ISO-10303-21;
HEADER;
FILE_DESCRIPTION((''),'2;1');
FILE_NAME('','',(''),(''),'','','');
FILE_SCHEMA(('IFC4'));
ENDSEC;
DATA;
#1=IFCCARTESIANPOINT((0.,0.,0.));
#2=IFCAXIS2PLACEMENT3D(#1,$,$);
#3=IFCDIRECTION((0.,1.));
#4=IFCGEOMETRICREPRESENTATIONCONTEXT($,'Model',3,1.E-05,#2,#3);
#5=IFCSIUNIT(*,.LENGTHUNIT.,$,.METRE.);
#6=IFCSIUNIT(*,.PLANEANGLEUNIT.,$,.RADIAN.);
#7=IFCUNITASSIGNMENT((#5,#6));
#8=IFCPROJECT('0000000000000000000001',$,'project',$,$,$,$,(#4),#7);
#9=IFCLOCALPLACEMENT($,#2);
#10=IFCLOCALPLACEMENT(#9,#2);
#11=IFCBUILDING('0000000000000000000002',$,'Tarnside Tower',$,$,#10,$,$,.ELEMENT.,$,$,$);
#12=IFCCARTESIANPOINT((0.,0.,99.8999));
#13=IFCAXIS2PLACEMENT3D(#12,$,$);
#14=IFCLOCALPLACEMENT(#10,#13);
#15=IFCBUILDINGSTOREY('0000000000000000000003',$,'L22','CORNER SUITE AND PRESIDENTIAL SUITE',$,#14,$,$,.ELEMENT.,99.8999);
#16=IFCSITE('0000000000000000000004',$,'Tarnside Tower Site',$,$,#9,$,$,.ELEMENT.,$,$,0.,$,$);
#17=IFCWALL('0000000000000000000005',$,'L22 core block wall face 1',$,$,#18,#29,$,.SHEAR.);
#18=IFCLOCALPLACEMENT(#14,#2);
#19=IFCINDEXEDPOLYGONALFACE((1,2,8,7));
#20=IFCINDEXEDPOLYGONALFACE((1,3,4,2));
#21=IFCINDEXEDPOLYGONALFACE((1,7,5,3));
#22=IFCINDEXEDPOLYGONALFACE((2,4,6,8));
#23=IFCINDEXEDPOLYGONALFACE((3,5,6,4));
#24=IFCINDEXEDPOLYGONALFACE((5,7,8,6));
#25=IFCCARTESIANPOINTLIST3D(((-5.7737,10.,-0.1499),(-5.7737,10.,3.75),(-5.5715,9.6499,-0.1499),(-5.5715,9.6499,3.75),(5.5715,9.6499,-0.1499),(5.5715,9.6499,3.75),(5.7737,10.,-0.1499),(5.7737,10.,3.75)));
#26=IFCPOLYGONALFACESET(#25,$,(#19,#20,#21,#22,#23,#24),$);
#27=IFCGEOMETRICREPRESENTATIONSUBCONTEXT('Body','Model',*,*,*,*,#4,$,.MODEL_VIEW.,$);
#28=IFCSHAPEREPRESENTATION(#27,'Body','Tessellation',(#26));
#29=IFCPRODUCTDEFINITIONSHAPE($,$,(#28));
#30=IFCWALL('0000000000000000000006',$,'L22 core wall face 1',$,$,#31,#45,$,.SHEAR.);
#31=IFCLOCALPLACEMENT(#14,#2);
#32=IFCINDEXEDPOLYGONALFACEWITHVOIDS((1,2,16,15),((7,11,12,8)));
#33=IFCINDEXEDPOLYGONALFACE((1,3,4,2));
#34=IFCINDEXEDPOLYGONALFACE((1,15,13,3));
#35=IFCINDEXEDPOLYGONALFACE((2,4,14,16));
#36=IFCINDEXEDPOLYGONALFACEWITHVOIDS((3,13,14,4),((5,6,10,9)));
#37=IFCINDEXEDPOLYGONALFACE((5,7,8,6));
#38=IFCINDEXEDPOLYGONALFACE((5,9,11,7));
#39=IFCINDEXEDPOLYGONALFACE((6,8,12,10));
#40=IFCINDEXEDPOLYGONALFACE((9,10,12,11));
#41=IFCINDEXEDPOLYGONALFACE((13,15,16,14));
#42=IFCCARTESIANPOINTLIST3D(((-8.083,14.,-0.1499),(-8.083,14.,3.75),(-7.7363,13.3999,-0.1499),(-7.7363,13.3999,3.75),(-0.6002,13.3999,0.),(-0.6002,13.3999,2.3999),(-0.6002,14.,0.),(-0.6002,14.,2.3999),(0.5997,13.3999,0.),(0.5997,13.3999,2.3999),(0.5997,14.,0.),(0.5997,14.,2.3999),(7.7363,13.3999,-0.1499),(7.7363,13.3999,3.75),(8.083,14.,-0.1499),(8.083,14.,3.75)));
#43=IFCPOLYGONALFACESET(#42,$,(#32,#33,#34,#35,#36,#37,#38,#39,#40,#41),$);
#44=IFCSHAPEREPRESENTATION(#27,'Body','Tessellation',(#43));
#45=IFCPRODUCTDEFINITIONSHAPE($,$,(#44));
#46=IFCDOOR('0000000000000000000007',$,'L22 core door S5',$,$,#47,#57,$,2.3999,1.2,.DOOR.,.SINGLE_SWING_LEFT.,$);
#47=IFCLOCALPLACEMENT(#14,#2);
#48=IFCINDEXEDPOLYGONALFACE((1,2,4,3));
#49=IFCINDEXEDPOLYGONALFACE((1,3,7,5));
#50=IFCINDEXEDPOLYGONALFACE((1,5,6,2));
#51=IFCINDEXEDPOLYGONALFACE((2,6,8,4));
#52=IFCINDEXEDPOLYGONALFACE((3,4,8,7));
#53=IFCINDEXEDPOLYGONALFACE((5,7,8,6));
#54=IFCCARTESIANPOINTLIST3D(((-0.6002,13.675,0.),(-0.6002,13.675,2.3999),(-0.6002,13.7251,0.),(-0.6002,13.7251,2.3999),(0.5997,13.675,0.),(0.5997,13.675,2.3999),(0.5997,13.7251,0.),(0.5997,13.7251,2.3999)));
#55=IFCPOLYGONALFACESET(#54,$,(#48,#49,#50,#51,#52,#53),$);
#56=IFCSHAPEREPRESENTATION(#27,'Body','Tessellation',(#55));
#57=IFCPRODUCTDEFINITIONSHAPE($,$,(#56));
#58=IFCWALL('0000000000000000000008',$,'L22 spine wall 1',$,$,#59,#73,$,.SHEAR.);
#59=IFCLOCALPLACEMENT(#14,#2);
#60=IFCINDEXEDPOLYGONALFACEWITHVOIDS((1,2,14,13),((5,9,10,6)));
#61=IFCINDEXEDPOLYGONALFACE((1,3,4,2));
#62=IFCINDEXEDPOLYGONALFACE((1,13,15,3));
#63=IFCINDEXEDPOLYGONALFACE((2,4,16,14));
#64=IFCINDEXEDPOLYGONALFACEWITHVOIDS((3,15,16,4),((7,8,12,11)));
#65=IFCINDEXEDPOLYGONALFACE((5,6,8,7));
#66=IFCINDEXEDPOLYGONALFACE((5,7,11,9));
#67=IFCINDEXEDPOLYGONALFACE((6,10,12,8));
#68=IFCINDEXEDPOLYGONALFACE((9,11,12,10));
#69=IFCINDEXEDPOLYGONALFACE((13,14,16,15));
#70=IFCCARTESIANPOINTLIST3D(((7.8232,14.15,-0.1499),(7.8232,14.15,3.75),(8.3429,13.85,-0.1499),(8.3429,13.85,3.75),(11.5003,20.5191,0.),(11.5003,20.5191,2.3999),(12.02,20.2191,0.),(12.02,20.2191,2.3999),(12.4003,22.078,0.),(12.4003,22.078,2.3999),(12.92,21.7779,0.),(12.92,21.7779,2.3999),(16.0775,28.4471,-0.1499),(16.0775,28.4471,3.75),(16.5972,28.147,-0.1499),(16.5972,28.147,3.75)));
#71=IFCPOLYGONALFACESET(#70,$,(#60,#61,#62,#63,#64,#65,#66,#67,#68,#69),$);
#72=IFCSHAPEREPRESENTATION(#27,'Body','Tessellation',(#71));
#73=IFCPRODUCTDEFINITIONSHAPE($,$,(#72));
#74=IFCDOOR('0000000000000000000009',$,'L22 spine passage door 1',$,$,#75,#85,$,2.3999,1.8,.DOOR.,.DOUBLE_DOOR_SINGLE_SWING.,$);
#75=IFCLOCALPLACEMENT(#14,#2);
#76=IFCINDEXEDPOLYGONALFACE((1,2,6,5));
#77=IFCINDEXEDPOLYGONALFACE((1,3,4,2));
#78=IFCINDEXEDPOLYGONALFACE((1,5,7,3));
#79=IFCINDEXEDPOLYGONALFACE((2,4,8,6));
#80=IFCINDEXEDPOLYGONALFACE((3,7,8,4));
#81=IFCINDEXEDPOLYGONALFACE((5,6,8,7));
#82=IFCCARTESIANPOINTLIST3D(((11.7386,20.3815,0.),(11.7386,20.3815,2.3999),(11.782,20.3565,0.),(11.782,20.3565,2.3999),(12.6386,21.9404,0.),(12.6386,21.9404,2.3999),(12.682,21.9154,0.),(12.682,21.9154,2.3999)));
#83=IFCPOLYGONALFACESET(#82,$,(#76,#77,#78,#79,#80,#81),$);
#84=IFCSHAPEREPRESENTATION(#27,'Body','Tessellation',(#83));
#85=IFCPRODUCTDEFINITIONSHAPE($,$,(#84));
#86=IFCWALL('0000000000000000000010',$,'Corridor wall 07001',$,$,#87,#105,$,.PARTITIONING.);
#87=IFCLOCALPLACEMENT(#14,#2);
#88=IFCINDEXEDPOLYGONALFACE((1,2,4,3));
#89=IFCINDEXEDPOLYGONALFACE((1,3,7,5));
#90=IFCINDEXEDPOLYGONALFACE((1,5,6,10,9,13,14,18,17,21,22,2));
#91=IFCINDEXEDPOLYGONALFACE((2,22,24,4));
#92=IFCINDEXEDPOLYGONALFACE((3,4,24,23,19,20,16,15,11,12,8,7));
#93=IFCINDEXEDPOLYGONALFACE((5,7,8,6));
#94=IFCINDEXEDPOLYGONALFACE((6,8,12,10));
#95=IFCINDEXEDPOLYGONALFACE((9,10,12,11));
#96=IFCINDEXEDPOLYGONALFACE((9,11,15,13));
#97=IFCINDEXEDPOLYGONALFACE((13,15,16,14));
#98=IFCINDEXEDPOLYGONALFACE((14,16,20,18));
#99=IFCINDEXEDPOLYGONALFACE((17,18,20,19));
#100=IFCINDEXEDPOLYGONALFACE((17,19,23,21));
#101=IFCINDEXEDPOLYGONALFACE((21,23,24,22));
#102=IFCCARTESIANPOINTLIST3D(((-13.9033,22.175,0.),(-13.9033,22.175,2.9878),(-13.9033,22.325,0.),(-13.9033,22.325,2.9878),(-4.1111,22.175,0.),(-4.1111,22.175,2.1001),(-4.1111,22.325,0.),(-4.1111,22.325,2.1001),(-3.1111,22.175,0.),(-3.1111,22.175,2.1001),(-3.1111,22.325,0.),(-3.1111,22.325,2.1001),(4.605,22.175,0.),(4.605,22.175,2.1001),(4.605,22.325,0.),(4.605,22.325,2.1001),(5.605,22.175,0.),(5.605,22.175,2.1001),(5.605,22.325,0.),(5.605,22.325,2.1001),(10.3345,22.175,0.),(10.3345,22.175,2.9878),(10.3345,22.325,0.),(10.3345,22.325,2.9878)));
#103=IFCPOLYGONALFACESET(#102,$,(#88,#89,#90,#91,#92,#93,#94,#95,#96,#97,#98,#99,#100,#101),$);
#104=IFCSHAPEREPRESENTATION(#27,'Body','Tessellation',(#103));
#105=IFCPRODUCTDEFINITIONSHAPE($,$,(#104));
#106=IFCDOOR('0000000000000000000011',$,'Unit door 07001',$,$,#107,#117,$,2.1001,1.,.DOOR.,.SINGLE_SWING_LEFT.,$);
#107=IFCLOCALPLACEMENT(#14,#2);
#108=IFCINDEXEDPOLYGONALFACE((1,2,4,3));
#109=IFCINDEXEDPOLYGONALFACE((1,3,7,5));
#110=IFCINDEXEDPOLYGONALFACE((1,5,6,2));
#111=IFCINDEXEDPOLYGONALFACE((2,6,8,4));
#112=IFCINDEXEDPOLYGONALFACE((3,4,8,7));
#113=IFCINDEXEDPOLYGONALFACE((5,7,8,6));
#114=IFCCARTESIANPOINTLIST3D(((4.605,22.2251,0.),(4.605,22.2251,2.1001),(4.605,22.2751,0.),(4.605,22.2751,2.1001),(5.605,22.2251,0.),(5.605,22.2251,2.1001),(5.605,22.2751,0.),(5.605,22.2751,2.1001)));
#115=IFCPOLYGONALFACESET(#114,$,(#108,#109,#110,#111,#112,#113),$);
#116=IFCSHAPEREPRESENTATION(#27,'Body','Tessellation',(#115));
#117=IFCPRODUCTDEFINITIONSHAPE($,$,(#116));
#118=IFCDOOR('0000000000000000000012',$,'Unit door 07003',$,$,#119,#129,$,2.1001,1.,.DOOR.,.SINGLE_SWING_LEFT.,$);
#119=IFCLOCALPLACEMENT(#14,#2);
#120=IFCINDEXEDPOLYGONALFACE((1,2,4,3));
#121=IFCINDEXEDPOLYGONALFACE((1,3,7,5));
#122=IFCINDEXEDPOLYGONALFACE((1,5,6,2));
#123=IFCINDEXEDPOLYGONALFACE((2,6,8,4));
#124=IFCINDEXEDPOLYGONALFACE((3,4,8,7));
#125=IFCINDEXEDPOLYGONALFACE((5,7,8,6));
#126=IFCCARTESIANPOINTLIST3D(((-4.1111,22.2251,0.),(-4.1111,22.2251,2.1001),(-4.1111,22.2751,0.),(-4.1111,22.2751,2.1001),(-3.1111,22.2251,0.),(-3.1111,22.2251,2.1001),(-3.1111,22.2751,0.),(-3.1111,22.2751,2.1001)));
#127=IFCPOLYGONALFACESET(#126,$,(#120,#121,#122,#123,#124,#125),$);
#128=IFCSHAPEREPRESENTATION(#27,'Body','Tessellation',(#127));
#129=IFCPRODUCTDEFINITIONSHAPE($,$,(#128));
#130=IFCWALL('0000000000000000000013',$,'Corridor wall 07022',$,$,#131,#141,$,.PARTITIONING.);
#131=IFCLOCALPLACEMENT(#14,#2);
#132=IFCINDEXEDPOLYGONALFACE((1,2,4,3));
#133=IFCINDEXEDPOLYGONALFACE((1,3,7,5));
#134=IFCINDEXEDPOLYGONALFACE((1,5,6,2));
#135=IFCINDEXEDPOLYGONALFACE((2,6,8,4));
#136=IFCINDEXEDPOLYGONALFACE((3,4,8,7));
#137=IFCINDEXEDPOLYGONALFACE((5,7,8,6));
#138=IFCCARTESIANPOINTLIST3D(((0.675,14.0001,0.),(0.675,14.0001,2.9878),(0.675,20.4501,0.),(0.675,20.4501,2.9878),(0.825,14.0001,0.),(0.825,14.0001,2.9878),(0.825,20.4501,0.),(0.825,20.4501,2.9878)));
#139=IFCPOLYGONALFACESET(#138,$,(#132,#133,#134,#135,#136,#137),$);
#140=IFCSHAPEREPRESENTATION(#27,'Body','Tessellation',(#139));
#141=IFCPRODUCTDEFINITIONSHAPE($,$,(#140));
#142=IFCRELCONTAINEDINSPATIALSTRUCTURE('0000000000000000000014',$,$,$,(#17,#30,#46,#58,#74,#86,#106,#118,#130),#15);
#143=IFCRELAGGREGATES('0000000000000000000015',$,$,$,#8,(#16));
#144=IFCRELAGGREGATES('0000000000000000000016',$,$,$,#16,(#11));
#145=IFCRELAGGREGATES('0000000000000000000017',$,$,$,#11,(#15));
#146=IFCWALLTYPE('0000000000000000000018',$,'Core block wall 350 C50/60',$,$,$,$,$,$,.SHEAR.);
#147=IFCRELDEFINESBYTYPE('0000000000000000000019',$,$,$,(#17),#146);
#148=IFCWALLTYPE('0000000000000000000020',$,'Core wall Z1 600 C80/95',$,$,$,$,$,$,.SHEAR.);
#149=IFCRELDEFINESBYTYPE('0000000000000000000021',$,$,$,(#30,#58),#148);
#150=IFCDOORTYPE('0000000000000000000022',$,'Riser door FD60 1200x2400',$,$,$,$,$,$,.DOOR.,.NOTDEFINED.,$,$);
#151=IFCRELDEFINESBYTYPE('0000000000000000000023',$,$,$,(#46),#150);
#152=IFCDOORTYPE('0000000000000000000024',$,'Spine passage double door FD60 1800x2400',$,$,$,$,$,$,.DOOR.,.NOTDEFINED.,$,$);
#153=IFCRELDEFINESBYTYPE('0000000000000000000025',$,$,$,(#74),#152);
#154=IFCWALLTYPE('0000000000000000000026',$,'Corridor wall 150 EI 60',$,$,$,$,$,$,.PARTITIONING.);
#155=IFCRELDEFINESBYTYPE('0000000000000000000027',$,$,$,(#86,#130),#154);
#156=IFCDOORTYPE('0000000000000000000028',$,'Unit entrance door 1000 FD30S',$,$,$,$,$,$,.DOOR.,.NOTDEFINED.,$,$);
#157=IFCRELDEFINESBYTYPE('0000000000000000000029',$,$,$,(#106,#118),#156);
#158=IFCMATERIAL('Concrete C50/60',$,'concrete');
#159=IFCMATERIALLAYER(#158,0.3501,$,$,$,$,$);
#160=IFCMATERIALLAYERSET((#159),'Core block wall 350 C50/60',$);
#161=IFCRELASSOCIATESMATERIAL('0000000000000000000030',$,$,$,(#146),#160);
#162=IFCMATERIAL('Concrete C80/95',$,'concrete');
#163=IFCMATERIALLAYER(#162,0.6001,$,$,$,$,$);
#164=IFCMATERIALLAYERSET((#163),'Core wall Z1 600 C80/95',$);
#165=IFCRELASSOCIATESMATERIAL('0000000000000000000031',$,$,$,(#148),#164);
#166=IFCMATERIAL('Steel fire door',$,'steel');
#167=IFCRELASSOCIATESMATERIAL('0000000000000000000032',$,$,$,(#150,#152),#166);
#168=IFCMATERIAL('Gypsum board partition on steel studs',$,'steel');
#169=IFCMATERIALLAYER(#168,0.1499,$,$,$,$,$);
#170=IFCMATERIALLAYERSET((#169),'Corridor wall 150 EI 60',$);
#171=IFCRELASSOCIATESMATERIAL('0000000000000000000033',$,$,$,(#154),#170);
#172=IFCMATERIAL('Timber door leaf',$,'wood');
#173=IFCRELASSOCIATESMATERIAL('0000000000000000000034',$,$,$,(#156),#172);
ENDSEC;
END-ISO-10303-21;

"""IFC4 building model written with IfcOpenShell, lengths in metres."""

from ifc_helpers import new_model, si_unit, direction, frame, frame_2d, origin, place, context, subcontext, project, spatial, polyline, rectangle, outline, extrude, material, layer, layer_set, type_object, element, fill, save


model = new_model("IFC4")

# Units and contexts
model_context = context("Model", 3, precision=1e-05, world=origin(), true_north=direction((0.0, 1.0)))
body_context = subcontext(model_context, "Body", "Model", "MODEL_VIEW")
ifc_project = project(units=[si_unit("LENGTHUNIT", "METRE"), si_unit("PLANEANGLEUNIT", "RADIAN")], contexts=[model_context])

# Site, building, storey
site_placement = place(None, origin())
site = spatial("IfcSite", under=ifc_project, at=site_placement, Name="Tarnside Tower Site", CompositionType="ELEMENT", RefElevation=0.0)
building_placement = place(site_placement, origin())
building = spatial("IfcBuilding", under=site, at=building_placement, Name="Tarnside Tower", CompositionType="ELEMENT")
storey_placement = place(building_placement, frame((0.0, 0.0, 99.8999)))
storey = spatial("IfcBuildingStorey", under=building, at=storey_placement, Name="L22", Description="CORNER SUITE AND PRESIDENTIAL SUITE", CompositionType="ELEMENT", Elevation=99.8999)

# Wall
ifc_material_1 = material(Name="Concrete C50/60", Category="concrete")
ifc_layer_1 = layer(ifc_material_1, 0.3501)
ifc_layer_set_1 = layer_set([ifc_layer_1], Name="Core block wall 350 C50/60")
wall_type_1 = type_object("IfcWallType", Name="Core block wall 350 C50/60", PredefinedType="SHEAR", material=ifc_layer_set_1)
wall_1_placement = place(storey_placement, frame((5.6726, 9.825, -0.1499), z_axis=(0.0, 0.0, 1.0), x_axis=(-1.0, 0.0, 0.0)))
element("IfcWall", 1, at=wall_1_placement, inside=storey, type_object=wall_type_1, Name="L22 core block wall face 1", PredefinedType="SHEAR", context=body_context, shape_type="SweptSolid", body=[
    extrude(outline(polyline([(-0.1011, -0.175), (11.4463, -0.175), (11.2441, 0.175), (0.1011, 0.175), (-0.1011, -0.175)])), origin(), (0.0, 0.0, 1.0), 3.8999),
])

# Walls, openings, doors
ifc_material_2 = material(Name="Concrete C80/95", Category="concrete")
ifc_layer_2 = layer(ifc_material_2, 0.6001)
ifc_layer_set_2 = layer_set([ifc_layer_2], Name="Core wall Z1 600 C80/95")
wall_type_2 = type_object("IfcWallType", Name="Core wall Z1 600 C80/95", PredefinedType="SHEAR", material=ifc_layer_set_2)
wall_2_placement = place(storey_placement, frame((7.9097, 13.7, -0.1499), z_axis=(0.0, 0.0, 1.0), x_axis=(-1.0, 0.0, 0.0)))
wall_2 = element("IfcWall", 2, at=wall_2_placement, inside=storey, type_object=wall_type_2, Name="L22 core wall face 1", PredefinedType="SHEAR", context=body_context, shape_type="SweptSolid", body=[
    extrude(outline(polyline([(-0.1733, -0.3), (15.9927, -0.3), (15.646, 0.3), (0.1733, 0.3), (-0.1733, -0.3)])), origin(), (0.0, 0.0, 1.0), 3.8999),
])
opening_1_placement = place(wall_2_placement, frame((7.3098, 0.0, 0.1499)))
opening_1 = element("IfcOpeningElement", 3, at=opening_1_placement, cuts=wall_2, PredefinedType="OPENING", context=body_context, shape_type="SweptSolid", body=[
    extrude(rectangle(XDim=1.2, YDim=2.3999, at=frame_2d((0.6001, 1.2))), frame((0.0, 0.3101, 0.0), z_axis=(0.0, -1.0, 0.0), x_axis=(1.0, 0.0, 0.0)), (0.0, 0.0, 1.0), 0.6201),
])
ifc_material_3 = material(Name="Steel fire door", Category="steel")
door_type_1 = type_object("IfcDoorType", Name="Riser door FD60 1200x2400", OperationType="NOTDEFINED", PredefinedType="DOOR", material=ifc_material_3)
door_1_placement = place(opening_1_placement, origin())
door_1 = element("IfcDoor", 4, at=door_1_placement, inside=storey, type_object=door_type_1, Name="L22 core door S5", OperationType="SINGLE_SWING_LEFT", OverallHeight=2.3999, OverallWidth=1.2, PredefinedType="DOOR", context=body_context, shape_type="SweptSolid", body=[
    extrude(rectangle(XDim=1.2, YDim=2.3999, at=frame_2d((0.6001, 1.2))), frame((0.0, 0.0249, 0.0), z_axis=(0.0, -1.0, 0.0), x_axis=(1.0, 0.0, 0.0)), (0.0, 0.0, 1.0), 0.05),
])
fill(opening_1, door_1)
wall_3_placement = place(storey_placement, frame((8.083, 14.0, -0.1499), z_axis=(0.0, 0.0, 1.0), x_axis=(0.499998, 0.866027, 0.0)))
wall_3 = element("IfcWall", 5, at=wall_3_placement, inside=storey, type_object=wall_type_2, Name="L22 spine wall 1", PredefinedType="SHEAR", context=body_context, shape_type="SweptSolid", body=[
    extrude(rectangle(XDim=16.5088, YDim=0.6001, at=frame_2d((8.2544, 0.0))), origin(), (0.0, 0.0, 1.0), 3.8999),
])
opening_2_placement = place(wall_3_placement, frame((7.3545, 0.0, 0.1499)))
opening_2 = element("IfcOpeningElement", 6, at=opening_2_placement, cuts=wall_3, PredefinedType="OPENING", context=body_context, shape_type="SweptSolid", body=[
    extrude(rectangle(XDim=1.8, YDim=2.3999, at=frame_2d((0.8999, 1.2))), frame((0.0, 0.3101, 0.0), z_axis=(0.0, -1.0, 0.0), x_axis=(1.0, 0.0, 0.0)), (0.0, 0.0, 1.0), 0.6201),
])
door_type_2 = type_object("IfcDoorType", Name="Spine passage double door FD60 1800x2400", OperationType="NOTDEFINED", PredefinedType="DOOR", material=ifc_material_3)
door_2_placement = place(opening_2_placement, origin())
door_2 = element("IfcDoor", 7, at=door_2_placement, inside=storey, type_object=door_type_2, Name="L22 spine passage door 1", OperationType="DOUBLE_DOOR_SINGLE_SWING", OverallHeight=2.3999, OverallWidth=1.8, PredefinedType="DOOR", context=body_context, shape_type="SweptSolid", body=[
    extrude(rectangle(XDim=1.8, YDim=2.3999, at=frame_2d((0.8999, 1.2))), frame((0.0, 0.0249, 0.0), z_axis=(0.0, -1.0, 0.0), x_axis=(1.0, 0.0, 0.0)), (0.0, 0.0, 1.0), 0.05),
])
fill(opening_2, door_2)

# Wall, openings, doors
ifc_material_4 = material(Name="Gypsum board partition on steel studs", Category="steel")
ifc_layer_3 = layer(ifc_material_4, 0.1499)
ifc_layer_set_3 = layer_set([ifc_layer_3], Name="Corridor wall 150 EI 60")
wall_type_3 = type_object("IfcWallType", Name="Corridor wall 150 EI 60", PredefinedType="PARTITIONING", material=ifc_layer_set_3)
wall_4_placement = place(storey_placement, frame((10.3345, 22.25, 0.0), z_axis=(0.0, 0.0, 1.0), x_axis=(-1.0, 0.0, 0.0)))
wall_4 = element("IfcWall", 8, at=wall_4_placement, inside=storey, type_object=wall_type_3, Name="Corridor wall 07001", PredefinedType="PARTITIONING", context=body_context, shape_type="SweptSolid", body=[
    extrude(rectangle(XDim=24.2378, YDim=0.1499, at=frame_2d((12.1189, 0.0))), origin(), (0.0, 0.0, 1.0), 2.9878),
])
opening_3_placement = place(wall_4_placement, frame((4.7295, 0.0, 0.0)))
opening_3 = element("IfcOpeningElement", 9, at=opening_3_placement, cuts=wall_4, PredefinedType="OPENING", context=body_context, shape_type="SweptSolid", body=[
    extrude(rectangle(XDim=1.0, YDim=2.1001, at=frame_2d((0.5, 1.05))), frame((0.0, 0.085, 0.0), z_axis=(0.0, -1.0, 0.0), x_axis=(1.0, 0.0, 0.0)), (0.0, 0.0, 1.0), 0.1699),
])
opening_4_placement = place(wall_4_placement, frame((13.4456, 0.0, 0.0)))
opening_4 = element("IfcOpeningElement", 10, at=opening_4_placement, cuts=wall_4, PredefinedType="OPENING", context=body_context, shape_type="SweptSolid", body=[
    extrude(rectangle(XDim=1.0, YDim=2.1001, at=frame_2d((0.5, 1.05))), frame((0.0, 0.085, 0.0), z_axis=(0.0, -1.0, 0.0), x_axis=(1.0, 0.0, 0.0)), (0.0, 0.0, 1.0), 0.1699),
])
ifc_material_5 = material(Name="Timber door leaf", Category="wood")
door_type_3 = type_object("IfcDoorType", Name="Unit entrance door 1000 FD30S", OperationType="NOTDEFINED", PredefinedType="DOOR", material=ifc_material_5)
door_3_placement = place(opening_3_placement, origin())
door_3 = element("IfcDoor", 11, at=door_3_placement, inside=storey, type_object=door_type_3, Name="Unit door 07001", OperationType="SINGLE_SWING_LEFT", OverallHeight=2.1001, OverallWidth=1.0, PredefinedType="DOOR", context=body_context, shape_type="SweptSolid", body=[
    extrude(rectangle(XDim=1.0, YDim=2.1001, at=frame_2d((0.5, 1.05))), frame((0.0, 0.0249, 0.0), z_axis=(0.0, -1.0, 0.0), x_axis=(1.0, 0.0, 0.0)), (0.0, 0.0, 1.0), 0.05),
])
fill(opening_3, door_3)
door_4_placement = place(opening_4_placement, origin())
door_4 = element("IfcDoor", 12, at=door_4_placement, inside=storey, type_object=door_type_3, Name="Unit door 07003", OperationType="SINGLE_SWING_LEFT", OverallHeight=2.1001, OverallWidth=1.0, PredefinedType="DOOR", context=body_context, shape_type="SweptSolid", body=[
    extrude(rectangle(XDim=1.0, YDim=2.1001, at=frame_2d((0.5, 1.05))), frame((0.0, 0.0249, 0.0), z_axis=(0.0, -1.0, 0.0), x_axis=(1.0, 0.0, 0.0)), (0.0, 0.0, 1.0), 0.05),
])
fill(opening_4, door_4)

# Wall
wall_5_placement = place(storey_placement, frame((0.75, 14.0, 0.0), z_axis=(0.0, 0.0, 1.0), x_axis=(0.0, 1.0, 0.0)))
element("IfcWall", 13, at=wall_5_placement, inside=storey, type_object=wall_type_3, Name="Corridor wall 07022", PredefinedType="PARTITIONING", context=body_context, shape_type="SweptSolid", body=[
    extrude(rectangle(XDim=6.45, YDim=0.1499, at=frame_2d((3.2251, 0.0))), origin(), (0.0, 0.0, 1.0), 2.9878),
])

save(model, "model.ifc")
